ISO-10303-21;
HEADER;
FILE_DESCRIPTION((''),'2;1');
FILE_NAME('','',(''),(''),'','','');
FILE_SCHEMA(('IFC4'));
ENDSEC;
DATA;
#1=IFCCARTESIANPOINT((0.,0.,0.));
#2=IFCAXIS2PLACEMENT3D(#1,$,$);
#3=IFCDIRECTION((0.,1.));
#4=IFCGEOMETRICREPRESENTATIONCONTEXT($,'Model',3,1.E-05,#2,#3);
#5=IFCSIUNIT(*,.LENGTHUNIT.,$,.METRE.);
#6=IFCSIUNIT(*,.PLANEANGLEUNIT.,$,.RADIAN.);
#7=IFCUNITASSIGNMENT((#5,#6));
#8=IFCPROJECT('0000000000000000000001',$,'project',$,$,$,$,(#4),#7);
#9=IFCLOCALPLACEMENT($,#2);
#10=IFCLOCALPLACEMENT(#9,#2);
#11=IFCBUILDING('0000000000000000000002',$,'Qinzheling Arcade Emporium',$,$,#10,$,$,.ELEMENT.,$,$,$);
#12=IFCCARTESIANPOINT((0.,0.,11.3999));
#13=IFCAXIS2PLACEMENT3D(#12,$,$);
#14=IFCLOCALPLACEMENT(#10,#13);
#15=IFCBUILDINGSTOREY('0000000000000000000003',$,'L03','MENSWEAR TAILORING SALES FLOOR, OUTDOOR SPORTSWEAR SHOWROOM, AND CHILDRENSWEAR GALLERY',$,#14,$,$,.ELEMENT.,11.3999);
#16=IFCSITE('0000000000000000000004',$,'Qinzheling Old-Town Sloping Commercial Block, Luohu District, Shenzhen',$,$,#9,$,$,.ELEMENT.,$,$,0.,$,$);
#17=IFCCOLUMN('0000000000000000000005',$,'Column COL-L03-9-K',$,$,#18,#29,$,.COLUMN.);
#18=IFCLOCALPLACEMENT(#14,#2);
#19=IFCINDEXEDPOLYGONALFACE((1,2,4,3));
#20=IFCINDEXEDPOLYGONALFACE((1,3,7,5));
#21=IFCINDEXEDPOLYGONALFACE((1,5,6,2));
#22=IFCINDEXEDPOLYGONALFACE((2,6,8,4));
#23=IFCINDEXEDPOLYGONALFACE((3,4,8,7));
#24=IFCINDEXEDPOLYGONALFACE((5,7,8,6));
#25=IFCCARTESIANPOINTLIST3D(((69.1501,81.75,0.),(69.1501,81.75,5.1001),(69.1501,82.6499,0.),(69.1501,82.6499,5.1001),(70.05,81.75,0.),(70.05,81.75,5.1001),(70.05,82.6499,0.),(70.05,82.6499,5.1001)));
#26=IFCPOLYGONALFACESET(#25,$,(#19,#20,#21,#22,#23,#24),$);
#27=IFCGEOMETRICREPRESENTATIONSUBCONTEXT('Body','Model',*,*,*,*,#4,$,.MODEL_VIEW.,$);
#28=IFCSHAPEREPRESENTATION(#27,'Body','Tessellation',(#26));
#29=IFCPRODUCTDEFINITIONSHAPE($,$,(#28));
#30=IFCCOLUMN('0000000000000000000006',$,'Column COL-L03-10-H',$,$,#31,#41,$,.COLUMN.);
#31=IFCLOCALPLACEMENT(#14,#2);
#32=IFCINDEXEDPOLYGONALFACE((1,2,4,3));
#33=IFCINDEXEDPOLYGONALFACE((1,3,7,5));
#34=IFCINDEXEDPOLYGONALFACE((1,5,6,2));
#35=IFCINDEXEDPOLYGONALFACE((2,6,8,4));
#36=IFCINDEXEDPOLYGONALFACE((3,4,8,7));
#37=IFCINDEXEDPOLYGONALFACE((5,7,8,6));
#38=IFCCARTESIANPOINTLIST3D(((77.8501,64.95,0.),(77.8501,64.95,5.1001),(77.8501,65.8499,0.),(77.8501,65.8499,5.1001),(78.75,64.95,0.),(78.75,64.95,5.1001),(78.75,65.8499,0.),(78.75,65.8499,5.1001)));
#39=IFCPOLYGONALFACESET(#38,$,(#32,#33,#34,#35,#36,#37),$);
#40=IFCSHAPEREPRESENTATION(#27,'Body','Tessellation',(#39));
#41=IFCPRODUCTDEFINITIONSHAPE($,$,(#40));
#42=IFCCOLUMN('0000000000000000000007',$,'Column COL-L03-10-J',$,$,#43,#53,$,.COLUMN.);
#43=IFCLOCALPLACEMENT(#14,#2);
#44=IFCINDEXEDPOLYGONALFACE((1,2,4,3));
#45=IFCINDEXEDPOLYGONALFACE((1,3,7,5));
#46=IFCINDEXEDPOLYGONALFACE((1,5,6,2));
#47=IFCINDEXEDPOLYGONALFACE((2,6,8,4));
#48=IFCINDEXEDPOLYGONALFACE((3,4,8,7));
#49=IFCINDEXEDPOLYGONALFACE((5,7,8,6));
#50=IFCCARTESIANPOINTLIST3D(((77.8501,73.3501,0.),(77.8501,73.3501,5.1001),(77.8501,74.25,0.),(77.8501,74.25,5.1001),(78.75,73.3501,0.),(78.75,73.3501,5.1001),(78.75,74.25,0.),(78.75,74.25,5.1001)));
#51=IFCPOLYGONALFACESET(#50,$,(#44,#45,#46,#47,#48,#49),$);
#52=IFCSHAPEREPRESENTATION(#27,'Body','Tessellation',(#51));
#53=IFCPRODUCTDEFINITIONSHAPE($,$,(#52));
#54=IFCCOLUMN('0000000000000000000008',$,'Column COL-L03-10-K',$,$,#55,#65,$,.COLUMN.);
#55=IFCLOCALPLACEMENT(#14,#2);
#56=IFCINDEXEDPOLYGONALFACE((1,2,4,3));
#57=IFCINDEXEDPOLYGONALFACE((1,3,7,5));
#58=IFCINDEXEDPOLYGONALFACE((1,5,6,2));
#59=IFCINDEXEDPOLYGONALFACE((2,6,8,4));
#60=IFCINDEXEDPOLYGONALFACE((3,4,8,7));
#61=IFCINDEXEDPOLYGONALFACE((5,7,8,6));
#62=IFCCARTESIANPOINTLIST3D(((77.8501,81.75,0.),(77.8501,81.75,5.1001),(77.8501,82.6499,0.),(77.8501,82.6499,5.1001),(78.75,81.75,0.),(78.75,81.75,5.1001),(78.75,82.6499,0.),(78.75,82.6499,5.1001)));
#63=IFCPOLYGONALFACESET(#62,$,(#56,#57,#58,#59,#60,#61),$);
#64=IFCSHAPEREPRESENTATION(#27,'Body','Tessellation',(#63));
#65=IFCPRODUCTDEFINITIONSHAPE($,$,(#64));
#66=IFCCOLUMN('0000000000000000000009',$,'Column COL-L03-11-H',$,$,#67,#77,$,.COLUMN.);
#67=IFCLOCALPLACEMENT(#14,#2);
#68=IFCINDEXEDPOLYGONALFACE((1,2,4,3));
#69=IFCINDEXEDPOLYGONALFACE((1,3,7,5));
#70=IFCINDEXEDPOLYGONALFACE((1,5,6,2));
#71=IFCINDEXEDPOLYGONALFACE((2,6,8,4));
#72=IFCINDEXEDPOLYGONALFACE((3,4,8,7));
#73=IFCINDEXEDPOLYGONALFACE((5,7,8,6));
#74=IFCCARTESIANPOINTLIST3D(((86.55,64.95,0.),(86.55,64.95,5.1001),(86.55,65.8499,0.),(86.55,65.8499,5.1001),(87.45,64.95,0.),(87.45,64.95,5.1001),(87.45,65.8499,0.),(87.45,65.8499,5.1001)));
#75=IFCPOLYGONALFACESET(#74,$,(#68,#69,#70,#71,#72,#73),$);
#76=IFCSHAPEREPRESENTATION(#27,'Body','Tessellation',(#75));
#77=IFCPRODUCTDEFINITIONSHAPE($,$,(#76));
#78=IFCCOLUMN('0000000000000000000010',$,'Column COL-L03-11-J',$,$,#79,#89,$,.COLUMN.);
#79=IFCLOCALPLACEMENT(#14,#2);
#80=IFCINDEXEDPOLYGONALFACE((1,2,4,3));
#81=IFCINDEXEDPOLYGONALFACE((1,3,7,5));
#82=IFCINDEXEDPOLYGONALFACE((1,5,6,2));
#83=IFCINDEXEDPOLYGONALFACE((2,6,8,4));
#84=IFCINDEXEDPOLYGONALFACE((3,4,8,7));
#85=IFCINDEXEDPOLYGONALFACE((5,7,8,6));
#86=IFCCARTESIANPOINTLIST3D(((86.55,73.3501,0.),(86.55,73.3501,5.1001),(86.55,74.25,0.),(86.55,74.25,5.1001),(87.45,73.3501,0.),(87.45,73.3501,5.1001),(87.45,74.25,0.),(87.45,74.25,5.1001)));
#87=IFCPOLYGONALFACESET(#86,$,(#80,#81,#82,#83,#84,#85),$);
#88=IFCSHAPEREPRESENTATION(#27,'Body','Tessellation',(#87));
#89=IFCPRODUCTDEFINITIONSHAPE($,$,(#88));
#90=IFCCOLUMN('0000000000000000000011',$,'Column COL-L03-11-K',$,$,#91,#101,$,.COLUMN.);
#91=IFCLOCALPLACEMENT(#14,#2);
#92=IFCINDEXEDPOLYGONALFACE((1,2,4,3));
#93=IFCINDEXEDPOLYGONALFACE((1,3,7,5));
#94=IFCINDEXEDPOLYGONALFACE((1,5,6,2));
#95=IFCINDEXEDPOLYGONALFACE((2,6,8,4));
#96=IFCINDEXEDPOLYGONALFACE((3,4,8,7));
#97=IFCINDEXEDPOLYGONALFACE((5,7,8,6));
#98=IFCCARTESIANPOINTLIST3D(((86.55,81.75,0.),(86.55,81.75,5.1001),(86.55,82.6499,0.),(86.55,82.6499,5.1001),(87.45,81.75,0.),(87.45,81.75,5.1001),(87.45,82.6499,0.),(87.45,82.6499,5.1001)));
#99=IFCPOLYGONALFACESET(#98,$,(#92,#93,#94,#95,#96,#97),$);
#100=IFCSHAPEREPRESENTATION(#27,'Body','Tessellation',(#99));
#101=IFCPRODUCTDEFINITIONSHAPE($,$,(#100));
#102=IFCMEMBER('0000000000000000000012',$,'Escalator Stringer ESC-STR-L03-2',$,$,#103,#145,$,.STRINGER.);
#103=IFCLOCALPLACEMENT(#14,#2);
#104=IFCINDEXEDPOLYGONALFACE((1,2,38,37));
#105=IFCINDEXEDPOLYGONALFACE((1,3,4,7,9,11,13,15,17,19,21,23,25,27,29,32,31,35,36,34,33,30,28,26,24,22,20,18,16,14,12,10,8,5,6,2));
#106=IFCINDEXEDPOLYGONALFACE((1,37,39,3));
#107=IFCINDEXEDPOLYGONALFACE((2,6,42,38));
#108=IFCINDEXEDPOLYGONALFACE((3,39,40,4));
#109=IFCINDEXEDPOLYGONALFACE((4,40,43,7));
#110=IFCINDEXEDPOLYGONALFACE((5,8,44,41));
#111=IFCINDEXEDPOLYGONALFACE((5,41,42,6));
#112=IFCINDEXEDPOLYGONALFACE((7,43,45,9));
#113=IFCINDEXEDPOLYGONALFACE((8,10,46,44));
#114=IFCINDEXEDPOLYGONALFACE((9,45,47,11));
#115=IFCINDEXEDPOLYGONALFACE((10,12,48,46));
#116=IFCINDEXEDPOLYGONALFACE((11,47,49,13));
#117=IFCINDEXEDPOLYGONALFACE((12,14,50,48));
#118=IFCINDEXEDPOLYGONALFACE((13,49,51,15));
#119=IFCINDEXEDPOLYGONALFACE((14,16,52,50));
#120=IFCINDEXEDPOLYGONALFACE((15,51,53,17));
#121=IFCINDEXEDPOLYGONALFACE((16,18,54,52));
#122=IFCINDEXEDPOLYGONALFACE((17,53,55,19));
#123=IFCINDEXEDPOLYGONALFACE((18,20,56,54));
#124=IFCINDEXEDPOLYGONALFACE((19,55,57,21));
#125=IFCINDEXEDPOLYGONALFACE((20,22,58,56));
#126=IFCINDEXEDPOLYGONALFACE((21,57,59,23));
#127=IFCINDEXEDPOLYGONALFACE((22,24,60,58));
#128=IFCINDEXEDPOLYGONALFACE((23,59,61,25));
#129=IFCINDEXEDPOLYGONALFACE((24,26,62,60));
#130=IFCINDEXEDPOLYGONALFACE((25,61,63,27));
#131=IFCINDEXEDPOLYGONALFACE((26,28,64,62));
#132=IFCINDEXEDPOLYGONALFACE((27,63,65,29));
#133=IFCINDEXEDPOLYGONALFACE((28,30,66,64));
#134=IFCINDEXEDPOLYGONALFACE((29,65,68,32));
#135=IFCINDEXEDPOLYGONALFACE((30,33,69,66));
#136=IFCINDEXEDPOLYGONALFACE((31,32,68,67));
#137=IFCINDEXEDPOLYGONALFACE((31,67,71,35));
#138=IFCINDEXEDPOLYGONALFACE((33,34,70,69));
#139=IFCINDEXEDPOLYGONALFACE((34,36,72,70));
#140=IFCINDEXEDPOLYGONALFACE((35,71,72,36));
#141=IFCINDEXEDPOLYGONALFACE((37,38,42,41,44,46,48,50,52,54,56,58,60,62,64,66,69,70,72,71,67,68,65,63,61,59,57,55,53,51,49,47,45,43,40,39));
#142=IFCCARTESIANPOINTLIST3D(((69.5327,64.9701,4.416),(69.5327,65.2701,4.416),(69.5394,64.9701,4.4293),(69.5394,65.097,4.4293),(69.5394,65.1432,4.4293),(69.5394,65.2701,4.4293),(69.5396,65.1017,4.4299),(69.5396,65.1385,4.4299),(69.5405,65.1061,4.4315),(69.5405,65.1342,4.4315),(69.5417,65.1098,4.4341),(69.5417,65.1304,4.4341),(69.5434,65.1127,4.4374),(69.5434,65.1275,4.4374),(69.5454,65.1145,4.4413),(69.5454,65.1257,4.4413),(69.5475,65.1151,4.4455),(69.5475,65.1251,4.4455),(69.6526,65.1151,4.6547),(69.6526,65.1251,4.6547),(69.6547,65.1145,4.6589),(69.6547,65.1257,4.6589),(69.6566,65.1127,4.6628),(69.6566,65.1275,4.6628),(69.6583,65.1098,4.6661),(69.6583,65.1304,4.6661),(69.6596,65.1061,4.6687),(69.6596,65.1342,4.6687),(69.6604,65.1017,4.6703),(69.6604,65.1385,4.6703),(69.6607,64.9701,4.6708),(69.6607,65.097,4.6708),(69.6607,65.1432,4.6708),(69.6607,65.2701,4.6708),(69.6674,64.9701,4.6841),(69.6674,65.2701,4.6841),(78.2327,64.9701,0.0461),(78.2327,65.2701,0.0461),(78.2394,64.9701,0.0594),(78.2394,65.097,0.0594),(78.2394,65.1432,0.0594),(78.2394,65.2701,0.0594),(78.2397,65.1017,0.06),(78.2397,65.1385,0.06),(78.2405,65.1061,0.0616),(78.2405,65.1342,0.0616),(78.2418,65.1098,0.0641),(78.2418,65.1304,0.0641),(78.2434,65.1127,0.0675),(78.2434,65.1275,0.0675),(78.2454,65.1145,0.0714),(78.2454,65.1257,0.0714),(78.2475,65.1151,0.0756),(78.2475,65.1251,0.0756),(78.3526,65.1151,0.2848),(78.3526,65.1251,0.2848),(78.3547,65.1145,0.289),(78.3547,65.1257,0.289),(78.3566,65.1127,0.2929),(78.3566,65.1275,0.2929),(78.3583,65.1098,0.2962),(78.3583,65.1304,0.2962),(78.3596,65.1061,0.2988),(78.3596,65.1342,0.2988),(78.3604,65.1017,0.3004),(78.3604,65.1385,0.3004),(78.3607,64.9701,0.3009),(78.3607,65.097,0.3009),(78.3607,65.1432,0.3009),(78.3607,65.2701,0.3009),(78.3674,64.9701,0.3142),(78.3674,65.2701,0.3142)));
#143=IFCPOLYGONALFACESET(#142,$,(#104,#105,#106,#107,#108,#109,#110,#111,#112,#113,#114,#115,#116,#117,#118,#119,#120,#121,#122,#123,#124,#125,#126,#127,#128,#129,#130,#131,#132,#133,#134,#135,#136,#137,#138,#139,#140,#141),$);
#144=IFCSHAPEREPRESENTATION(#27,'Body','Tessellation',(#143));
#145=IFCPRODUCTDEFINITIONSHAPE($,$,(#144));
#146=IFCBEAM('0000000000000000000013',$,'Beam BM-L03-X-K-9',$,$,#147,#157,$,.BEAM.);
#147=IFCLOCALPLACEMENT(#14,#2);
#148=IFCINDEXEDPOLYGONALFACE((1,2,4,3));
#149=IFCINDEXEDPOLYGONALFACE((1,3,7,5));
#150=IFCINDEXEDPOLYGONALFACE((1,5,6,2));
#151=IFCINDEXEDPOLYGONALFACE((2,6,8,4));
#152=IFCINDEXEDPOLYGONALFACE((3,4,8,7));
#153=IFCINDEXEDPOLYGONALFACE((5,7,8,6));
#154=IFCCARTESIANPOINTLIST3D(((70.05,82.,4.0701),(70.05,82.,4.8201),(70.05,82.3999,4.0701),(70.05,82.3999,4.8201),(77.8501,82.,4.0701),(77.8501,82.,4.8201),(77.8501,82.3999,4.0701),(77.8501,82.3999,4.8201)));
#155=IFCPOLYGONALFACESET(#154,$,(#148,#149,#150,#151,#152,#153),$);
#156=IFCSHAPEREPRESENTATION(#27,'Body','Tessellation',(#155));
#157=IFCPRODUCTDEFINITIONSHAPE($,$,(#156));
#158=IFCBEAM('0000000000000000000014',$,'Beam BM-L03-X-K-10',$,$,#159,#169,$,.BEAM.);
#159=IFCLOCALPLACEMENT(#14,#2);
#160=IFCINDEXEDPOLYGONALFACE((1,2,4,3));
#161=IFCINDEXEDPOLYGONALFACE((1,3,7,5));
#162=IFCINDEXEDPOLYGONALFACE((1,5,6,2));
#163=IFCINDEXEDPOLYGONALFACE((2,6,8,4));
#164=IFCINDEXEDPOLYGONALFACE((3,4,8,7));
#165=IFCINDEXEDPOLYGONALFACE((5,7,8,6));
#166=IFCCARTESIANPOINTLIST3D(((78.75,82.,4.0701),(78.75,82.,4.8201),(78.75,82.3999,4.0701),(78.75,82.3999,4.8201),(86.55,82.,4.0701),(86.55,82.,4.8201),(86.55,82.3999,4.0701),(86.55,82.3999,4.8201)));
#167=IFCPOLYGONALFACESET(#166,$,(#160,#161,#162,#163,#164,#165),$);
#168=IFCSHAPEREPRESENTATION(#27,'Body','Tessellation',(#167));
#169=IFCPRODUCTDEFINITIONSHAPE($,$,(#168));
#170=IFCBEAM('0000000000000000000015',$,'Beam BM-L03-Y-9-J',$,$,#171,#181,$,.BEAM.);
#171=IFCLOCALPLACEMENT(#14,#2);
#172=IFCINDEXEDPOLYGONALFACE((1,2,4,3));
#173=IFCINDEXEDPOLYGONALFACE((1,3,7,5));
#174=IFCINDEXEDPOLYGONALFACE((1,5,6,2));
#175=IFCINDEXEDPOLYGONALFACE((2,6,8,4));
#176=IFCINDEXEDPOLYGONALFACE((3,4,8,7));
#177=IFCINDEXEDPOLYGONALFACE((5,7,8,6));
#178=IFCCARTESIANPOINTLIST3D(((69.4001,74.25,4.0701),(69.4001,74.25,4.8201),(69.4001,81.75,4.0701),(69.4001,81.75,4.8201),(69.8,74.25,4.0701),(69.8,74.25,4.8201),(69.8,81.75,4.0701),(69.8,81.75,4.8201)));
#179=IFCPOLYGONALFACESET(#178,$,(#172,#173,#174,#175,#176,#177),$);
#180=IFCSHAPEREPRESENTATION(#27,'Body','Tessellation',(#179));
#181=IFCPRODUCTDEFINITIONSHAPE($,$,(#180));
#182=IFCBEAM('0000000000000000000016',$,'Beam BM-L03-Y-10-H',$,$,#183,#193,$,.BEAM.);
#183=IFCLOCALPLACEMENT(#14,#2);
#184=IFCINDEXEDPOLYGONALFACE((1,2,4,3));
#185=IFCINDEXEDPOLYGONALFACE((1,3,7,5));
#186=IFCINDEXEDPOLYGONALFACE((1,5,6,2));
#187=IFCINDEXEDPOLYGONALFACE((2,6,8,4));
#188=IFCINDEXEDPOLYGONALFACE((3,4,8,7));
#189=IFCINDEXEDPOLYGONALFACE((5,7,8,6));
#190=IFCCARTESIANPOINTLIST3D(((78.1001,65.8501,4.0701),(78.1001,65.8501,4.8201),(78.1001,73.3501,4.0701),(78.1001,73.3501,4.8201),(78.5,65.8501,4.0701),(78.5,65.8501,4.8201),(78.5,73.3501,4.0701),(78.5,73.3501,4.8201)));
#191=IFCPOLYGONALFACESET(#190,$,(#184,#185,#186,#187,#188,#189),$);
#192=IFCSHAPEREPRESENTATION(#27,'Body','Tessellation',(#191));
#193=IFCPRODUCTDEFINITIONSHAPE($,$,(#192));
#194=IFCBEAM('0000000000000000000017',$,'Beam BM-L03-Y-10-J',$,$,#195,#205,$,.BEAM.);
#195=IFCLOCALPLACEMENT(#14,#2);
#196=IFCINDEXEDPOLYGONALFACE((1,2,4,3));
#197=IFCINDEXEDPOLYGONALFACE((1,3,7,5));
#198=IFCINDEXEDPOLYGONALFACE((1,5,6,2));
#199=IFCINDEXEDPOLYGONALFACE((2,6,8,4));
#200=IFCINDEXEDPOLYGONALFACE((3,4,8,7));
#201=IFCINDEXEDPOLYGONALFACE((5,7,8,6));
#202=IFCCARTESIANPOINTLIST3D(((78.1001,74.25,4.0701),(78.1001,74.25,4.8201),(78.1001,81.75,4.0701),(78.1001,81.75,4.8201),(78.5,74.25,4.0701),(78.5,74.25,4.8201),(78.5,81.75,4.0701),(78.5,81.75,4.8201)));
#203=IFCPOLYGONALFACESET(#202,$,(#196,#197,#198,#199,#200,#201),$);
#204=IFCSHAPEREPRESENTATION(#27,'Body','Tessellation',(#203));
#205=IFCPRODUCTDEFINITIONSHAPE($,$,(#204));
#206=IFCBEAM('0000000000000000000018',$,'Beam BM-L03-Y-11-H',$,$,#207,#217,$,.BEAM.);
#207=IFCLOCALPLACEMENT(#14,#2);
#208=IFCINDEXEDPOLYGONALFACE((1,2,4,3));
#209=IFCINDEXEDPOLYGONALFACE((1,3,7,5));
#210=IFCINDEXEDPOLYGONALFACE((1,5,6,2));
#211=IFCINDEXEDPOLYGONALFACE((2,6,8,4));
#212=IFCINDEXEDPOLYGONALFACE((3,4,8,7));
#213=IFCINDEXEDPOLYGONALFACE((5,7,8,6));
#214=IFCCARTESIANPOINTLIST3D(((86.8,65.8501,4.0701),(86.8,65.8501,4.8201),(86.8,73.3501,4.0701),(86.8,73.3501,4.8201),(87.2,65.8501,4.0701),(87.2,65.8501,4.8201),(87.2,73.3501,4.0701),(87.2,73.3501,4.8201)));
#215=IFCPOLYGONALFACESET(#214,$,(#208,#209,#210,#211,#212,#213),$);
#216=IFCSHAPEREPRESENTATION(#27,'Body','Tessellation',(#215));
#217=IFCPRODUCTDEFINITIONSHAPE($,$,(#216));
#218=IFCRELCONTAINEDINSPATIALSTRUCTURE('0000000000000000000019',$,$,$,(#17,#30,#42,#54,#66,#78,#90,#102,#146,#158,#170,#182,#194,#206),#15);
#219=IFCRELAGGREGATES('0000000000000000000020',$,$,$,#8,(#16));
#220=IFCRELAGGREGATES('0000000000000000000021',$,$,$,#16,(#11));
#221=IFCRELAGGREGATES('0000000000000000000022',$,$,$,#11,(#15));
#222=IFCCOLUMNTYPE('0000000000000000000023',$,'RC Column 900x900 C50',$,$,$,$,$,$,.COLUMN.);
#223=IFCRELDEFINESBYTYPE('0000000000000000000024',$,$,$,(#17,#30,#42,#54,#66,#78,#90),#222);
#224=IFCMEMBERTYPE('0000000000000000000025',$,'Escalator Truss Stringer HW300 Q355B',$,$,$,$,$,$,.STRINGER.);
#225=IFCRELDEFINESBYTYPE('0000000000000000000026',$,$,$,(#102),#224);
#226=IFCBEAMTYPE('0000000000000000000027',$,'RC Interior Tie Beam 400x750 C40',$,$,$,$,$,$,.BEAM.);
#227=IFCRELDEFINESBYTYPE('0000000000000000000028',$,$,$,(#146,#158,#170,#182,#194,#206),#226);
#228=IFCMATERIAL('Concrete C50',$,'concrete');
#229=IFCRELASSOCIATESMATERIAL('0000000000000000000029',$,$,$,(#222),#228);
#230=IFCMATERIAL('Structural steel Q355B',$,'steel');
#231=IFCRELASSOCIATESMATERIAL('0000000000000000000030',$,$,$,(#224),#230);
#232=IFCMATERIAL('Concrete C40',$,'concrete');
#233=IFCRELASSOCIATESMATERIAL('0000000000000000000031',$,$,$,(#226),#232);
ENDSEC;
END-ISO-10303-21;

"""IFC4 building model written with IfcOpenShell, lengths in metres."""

from ifc_helpers import new_model, si_unit, direction, frame, origin, origin_2d, place, context, subcontext, project, spatial, rectangle, i_section, extrude, material, material_profile, profile_set, type_object, element, save


model = new_model("IFC4")

# Units and contexts
model_context = context("Model", 3, precision=1e-05, world=origin(), true_north=direction((0.0, 1.0)))
body_context = subcontext(model_context, "Body", "Model", "MODEL_VIEW")
ifc_project = project(units=[si_unit("LENGTHUNIT", "METRE"), si_unit("PLANEANGLEUNIT", "RADIAN")], contexts=[model_context])

# Site, building, storey
site_placement = place(None, origin())
site = spatial("IfcSite", under=ifc_project, at=site_placement, Name="Qinzheling Old-Town Sloping Commercial Block, Luohu District, Shenzhen", CompositionType="ELEMENT", RefElevation=0.0)
building_placement = place(site_placement, origin())
building = spatial("IfcBuilding", under=site, at=building_placement, Name="Qinzheling Arcade Emporium", CompositionType="ELEMENT")
storey_placement = place(building_placement, frame((0.0, 0.0, 11.3999)))
storey = spatial("IfcBuildingStorey", under=building, at=storey_placement, Name="L03", Description="MENSWEAR TAILORING SALES FLOOR, OUTDOOR SPORTSWEAR SHOWROOM, AND CHILDRENSWEAR GALLERY", CompositionType="ELEMENT", Elevation=11.3999)

# Columns
ifc_material_1 = material(Name="Concrete C50", Category="concrete")
ifc_material_profile_1 = material_profile(ifc_material_1, rectangle(XDim=0.8999, YDim=0.8999, at=origin_2d()), Name="RC 900x900", Category="concrete")
ifc_profile_set_1 = profile_set([ifc_material_profile_1], Name="Concrete C50")
column_type = type_object("IfcColumnType", Name="RC Column 900x900 C50", PredefinedType="COLUMN", material=ifc_profile_set_1)
for number, where, z_axis, x_axis, name in (
    (1, (69.6001, 82.2, 0.0), (0.0, 0.0, 1.0), (1.0, 0.0, 0.0), "Column COL-L03-9-K"),
    (2, (78.3, 65.3999, 0.0), (0.0, 0.0, 1.0), (1.0, 0.0, 0.0), "Column COL-L03-10-H"),
    (3, (78.3, 73.8, 0.0), (0.0, 0.0, 1.0), (1.0, 0.0, 0.0), "Column COL-L03-10-J"),
    (4, (78.3, 82.2, 0.0), (0.0, 0.0, 1.0), (1.0, 0.0, 0.0), "Column COL-L03-10-K"),
    (5, (87.0, 65.3999, 0.0), (0.0, 0.0, 1.0), (1.0, 0.0, 0.0), "Column COL-L03-11-H"),
    (6, (87.0, 73.8, 0.0), (0.0, 0.0, 1.0), (1.0, 0.0, 0.0), "Column COL-L03-11-J"),
    (7, (87.0, 82.2, 0.0), (0.0, 0.0, 1.0), (1.0, 0.0, 0.0), "Column COL-L03-11-K"),
):
    element("IfcColumn", number, at=place(storey_placement, frame(where, z_axis=z_axis, x_axis=x_axis)), inside=storey, type_object=column_type, Name=name, PredefinedType="COLUMN", context=body_context, shape_type="SweptSolid", body=[
        extrude(rectangle(XDim=0.8999, YDim=0.8999, at=origin_2d()), origin(), (0.0, 0.0, 1.0), 5.1001),
    ])

# Member
ifc_material_2 = material(Name="Structural steel Q355B", Category="steel")
ifc_material_profile_2 = material_profile(ifc_material_2, i_section(OverallWidth=0.3, OverallDepth=0.3, WebThickness=0.01, FlangeThickness=0.0149, FilletRadius=0.0181, at=origin_2d()), Name="HW 300x300x10x15", Category="steel")
ifc_profile_set_2 = profile_set([ifc_material_profile_2], Name="Structural steel Q355B")
member_type = type_object("IfcMemberType", Name="Escalator Truss Stringer HW300 Q355B", PredefinedType="STRINGER", material=ifc_profile_set_2)
member_placement = place(storey_placement, frame((78.3, 65.1201, 0.1802), z_axis=(-0.893608, 0.0, 0.448848), x_axis=(0.0, -1.0, 0.0)))
element("IfcMember", 8, at=member_placement, inside=storey, type_object=member_type, Name="Escalator Stringer ESC-STR-L03-2", PredefinedType="STRINGER", context=body_context, shape_type="SweptSolid", body=[
    extrude(i_section(OverallWidth=0.3, OverallDepth=0.3, WebThickness=0.01, FlangeThickness=0.0149, FilletRadius=0.0181, at=origin_2d()), origin(), (0.0, 0.0, 1.0), 9.7358),
])

# Beams
ifc_material_3 = material(Name="Concrete C40", Category="concrete")
ifc_material_profile_3 = material_profile(ifc_material_3, rectangle(XDim=0.3999, YDim=0.75, at=origin_2d()), Name="RC 400x750", Category="concrete")
ifc_profile_set_3 = profile_set([ifc_material_profile_3], Name="Concrete C40")
beam_type_1 = type_object("IfcBeamType", Name="RC Interior Tie Beam 400x750 C40", PredefinedType="BEAM", material=ifc_profile_set_3)
for number, where, z_axis, x_axis, name in (
    (9, (70.05, 82.2, 4.4451), (1.0, 0.0, 0.0), (0.0, 1.0, 0.0), "Beam BM-L03-X-K-9"),
    (10, (78.75, 82.2, 4.4451), (1.0, 0.0, 0.0), (0.0, 1.0, 0.0), "Beam BM-L03-X-K-10"),
):
    element("IfcBeam", number, at=place(storey_placement, frame(where, z_axis=z_axis, x_axis=x_axis)), inside=storey, type_object=beam_type_1, Name=name, PredefinedType="BEAM", context=body_context, shape_type="SweptSolid", body=[
        extrude(rectangle(XDim=0.3999, YDim=0.75, at=origin_2d()), origin(), (0.0, 0.0, 1.0), 7.8),
    ])
for number, where, z_axis, x_axis, name in (
    (11, (69.6001, 74.25, 4.4451), (0.0, 1.0, 0.0), (-1.0, 0.0, 0.0), "Beam BM-L03-Y-9-J"),
    (12, (78.3, 65.8501, 4.4451), (0.0, 1.0, 0.0), (-1.0, 0.0, 0.0), "Beam BM-L03-Y-10-H"),
    (13, (78.3, 74.25, 4.4451), (0.0, 1.0, 0.0), (-1.0, 0.0, 0.0), "Beam BM-L03-Y-10-J"),
    (14, (87.0, 65.8501, 4.4451), (0.0, 1.0, 0.0), (-1.0, 0.0, 0.0), "Beam BM-L03-Y-11-H"),
):
    element("IfcBeam", number, at=place(storey_placement, frame(where, z_axis=z_axis, x_axis=x_axis)), inside=storey, type_object=beam_type_1, Name=name, PredefinedType="BEAM", context=body_context, shape_type="SweptSolid", body=[
        extrude(rectangle(XDim=0.3999, YDim=0.75, at=origin_2d()), origin(), (0.0, 0.0, 1.0), 7.5),
    ])

save(model, "model.ifc")
